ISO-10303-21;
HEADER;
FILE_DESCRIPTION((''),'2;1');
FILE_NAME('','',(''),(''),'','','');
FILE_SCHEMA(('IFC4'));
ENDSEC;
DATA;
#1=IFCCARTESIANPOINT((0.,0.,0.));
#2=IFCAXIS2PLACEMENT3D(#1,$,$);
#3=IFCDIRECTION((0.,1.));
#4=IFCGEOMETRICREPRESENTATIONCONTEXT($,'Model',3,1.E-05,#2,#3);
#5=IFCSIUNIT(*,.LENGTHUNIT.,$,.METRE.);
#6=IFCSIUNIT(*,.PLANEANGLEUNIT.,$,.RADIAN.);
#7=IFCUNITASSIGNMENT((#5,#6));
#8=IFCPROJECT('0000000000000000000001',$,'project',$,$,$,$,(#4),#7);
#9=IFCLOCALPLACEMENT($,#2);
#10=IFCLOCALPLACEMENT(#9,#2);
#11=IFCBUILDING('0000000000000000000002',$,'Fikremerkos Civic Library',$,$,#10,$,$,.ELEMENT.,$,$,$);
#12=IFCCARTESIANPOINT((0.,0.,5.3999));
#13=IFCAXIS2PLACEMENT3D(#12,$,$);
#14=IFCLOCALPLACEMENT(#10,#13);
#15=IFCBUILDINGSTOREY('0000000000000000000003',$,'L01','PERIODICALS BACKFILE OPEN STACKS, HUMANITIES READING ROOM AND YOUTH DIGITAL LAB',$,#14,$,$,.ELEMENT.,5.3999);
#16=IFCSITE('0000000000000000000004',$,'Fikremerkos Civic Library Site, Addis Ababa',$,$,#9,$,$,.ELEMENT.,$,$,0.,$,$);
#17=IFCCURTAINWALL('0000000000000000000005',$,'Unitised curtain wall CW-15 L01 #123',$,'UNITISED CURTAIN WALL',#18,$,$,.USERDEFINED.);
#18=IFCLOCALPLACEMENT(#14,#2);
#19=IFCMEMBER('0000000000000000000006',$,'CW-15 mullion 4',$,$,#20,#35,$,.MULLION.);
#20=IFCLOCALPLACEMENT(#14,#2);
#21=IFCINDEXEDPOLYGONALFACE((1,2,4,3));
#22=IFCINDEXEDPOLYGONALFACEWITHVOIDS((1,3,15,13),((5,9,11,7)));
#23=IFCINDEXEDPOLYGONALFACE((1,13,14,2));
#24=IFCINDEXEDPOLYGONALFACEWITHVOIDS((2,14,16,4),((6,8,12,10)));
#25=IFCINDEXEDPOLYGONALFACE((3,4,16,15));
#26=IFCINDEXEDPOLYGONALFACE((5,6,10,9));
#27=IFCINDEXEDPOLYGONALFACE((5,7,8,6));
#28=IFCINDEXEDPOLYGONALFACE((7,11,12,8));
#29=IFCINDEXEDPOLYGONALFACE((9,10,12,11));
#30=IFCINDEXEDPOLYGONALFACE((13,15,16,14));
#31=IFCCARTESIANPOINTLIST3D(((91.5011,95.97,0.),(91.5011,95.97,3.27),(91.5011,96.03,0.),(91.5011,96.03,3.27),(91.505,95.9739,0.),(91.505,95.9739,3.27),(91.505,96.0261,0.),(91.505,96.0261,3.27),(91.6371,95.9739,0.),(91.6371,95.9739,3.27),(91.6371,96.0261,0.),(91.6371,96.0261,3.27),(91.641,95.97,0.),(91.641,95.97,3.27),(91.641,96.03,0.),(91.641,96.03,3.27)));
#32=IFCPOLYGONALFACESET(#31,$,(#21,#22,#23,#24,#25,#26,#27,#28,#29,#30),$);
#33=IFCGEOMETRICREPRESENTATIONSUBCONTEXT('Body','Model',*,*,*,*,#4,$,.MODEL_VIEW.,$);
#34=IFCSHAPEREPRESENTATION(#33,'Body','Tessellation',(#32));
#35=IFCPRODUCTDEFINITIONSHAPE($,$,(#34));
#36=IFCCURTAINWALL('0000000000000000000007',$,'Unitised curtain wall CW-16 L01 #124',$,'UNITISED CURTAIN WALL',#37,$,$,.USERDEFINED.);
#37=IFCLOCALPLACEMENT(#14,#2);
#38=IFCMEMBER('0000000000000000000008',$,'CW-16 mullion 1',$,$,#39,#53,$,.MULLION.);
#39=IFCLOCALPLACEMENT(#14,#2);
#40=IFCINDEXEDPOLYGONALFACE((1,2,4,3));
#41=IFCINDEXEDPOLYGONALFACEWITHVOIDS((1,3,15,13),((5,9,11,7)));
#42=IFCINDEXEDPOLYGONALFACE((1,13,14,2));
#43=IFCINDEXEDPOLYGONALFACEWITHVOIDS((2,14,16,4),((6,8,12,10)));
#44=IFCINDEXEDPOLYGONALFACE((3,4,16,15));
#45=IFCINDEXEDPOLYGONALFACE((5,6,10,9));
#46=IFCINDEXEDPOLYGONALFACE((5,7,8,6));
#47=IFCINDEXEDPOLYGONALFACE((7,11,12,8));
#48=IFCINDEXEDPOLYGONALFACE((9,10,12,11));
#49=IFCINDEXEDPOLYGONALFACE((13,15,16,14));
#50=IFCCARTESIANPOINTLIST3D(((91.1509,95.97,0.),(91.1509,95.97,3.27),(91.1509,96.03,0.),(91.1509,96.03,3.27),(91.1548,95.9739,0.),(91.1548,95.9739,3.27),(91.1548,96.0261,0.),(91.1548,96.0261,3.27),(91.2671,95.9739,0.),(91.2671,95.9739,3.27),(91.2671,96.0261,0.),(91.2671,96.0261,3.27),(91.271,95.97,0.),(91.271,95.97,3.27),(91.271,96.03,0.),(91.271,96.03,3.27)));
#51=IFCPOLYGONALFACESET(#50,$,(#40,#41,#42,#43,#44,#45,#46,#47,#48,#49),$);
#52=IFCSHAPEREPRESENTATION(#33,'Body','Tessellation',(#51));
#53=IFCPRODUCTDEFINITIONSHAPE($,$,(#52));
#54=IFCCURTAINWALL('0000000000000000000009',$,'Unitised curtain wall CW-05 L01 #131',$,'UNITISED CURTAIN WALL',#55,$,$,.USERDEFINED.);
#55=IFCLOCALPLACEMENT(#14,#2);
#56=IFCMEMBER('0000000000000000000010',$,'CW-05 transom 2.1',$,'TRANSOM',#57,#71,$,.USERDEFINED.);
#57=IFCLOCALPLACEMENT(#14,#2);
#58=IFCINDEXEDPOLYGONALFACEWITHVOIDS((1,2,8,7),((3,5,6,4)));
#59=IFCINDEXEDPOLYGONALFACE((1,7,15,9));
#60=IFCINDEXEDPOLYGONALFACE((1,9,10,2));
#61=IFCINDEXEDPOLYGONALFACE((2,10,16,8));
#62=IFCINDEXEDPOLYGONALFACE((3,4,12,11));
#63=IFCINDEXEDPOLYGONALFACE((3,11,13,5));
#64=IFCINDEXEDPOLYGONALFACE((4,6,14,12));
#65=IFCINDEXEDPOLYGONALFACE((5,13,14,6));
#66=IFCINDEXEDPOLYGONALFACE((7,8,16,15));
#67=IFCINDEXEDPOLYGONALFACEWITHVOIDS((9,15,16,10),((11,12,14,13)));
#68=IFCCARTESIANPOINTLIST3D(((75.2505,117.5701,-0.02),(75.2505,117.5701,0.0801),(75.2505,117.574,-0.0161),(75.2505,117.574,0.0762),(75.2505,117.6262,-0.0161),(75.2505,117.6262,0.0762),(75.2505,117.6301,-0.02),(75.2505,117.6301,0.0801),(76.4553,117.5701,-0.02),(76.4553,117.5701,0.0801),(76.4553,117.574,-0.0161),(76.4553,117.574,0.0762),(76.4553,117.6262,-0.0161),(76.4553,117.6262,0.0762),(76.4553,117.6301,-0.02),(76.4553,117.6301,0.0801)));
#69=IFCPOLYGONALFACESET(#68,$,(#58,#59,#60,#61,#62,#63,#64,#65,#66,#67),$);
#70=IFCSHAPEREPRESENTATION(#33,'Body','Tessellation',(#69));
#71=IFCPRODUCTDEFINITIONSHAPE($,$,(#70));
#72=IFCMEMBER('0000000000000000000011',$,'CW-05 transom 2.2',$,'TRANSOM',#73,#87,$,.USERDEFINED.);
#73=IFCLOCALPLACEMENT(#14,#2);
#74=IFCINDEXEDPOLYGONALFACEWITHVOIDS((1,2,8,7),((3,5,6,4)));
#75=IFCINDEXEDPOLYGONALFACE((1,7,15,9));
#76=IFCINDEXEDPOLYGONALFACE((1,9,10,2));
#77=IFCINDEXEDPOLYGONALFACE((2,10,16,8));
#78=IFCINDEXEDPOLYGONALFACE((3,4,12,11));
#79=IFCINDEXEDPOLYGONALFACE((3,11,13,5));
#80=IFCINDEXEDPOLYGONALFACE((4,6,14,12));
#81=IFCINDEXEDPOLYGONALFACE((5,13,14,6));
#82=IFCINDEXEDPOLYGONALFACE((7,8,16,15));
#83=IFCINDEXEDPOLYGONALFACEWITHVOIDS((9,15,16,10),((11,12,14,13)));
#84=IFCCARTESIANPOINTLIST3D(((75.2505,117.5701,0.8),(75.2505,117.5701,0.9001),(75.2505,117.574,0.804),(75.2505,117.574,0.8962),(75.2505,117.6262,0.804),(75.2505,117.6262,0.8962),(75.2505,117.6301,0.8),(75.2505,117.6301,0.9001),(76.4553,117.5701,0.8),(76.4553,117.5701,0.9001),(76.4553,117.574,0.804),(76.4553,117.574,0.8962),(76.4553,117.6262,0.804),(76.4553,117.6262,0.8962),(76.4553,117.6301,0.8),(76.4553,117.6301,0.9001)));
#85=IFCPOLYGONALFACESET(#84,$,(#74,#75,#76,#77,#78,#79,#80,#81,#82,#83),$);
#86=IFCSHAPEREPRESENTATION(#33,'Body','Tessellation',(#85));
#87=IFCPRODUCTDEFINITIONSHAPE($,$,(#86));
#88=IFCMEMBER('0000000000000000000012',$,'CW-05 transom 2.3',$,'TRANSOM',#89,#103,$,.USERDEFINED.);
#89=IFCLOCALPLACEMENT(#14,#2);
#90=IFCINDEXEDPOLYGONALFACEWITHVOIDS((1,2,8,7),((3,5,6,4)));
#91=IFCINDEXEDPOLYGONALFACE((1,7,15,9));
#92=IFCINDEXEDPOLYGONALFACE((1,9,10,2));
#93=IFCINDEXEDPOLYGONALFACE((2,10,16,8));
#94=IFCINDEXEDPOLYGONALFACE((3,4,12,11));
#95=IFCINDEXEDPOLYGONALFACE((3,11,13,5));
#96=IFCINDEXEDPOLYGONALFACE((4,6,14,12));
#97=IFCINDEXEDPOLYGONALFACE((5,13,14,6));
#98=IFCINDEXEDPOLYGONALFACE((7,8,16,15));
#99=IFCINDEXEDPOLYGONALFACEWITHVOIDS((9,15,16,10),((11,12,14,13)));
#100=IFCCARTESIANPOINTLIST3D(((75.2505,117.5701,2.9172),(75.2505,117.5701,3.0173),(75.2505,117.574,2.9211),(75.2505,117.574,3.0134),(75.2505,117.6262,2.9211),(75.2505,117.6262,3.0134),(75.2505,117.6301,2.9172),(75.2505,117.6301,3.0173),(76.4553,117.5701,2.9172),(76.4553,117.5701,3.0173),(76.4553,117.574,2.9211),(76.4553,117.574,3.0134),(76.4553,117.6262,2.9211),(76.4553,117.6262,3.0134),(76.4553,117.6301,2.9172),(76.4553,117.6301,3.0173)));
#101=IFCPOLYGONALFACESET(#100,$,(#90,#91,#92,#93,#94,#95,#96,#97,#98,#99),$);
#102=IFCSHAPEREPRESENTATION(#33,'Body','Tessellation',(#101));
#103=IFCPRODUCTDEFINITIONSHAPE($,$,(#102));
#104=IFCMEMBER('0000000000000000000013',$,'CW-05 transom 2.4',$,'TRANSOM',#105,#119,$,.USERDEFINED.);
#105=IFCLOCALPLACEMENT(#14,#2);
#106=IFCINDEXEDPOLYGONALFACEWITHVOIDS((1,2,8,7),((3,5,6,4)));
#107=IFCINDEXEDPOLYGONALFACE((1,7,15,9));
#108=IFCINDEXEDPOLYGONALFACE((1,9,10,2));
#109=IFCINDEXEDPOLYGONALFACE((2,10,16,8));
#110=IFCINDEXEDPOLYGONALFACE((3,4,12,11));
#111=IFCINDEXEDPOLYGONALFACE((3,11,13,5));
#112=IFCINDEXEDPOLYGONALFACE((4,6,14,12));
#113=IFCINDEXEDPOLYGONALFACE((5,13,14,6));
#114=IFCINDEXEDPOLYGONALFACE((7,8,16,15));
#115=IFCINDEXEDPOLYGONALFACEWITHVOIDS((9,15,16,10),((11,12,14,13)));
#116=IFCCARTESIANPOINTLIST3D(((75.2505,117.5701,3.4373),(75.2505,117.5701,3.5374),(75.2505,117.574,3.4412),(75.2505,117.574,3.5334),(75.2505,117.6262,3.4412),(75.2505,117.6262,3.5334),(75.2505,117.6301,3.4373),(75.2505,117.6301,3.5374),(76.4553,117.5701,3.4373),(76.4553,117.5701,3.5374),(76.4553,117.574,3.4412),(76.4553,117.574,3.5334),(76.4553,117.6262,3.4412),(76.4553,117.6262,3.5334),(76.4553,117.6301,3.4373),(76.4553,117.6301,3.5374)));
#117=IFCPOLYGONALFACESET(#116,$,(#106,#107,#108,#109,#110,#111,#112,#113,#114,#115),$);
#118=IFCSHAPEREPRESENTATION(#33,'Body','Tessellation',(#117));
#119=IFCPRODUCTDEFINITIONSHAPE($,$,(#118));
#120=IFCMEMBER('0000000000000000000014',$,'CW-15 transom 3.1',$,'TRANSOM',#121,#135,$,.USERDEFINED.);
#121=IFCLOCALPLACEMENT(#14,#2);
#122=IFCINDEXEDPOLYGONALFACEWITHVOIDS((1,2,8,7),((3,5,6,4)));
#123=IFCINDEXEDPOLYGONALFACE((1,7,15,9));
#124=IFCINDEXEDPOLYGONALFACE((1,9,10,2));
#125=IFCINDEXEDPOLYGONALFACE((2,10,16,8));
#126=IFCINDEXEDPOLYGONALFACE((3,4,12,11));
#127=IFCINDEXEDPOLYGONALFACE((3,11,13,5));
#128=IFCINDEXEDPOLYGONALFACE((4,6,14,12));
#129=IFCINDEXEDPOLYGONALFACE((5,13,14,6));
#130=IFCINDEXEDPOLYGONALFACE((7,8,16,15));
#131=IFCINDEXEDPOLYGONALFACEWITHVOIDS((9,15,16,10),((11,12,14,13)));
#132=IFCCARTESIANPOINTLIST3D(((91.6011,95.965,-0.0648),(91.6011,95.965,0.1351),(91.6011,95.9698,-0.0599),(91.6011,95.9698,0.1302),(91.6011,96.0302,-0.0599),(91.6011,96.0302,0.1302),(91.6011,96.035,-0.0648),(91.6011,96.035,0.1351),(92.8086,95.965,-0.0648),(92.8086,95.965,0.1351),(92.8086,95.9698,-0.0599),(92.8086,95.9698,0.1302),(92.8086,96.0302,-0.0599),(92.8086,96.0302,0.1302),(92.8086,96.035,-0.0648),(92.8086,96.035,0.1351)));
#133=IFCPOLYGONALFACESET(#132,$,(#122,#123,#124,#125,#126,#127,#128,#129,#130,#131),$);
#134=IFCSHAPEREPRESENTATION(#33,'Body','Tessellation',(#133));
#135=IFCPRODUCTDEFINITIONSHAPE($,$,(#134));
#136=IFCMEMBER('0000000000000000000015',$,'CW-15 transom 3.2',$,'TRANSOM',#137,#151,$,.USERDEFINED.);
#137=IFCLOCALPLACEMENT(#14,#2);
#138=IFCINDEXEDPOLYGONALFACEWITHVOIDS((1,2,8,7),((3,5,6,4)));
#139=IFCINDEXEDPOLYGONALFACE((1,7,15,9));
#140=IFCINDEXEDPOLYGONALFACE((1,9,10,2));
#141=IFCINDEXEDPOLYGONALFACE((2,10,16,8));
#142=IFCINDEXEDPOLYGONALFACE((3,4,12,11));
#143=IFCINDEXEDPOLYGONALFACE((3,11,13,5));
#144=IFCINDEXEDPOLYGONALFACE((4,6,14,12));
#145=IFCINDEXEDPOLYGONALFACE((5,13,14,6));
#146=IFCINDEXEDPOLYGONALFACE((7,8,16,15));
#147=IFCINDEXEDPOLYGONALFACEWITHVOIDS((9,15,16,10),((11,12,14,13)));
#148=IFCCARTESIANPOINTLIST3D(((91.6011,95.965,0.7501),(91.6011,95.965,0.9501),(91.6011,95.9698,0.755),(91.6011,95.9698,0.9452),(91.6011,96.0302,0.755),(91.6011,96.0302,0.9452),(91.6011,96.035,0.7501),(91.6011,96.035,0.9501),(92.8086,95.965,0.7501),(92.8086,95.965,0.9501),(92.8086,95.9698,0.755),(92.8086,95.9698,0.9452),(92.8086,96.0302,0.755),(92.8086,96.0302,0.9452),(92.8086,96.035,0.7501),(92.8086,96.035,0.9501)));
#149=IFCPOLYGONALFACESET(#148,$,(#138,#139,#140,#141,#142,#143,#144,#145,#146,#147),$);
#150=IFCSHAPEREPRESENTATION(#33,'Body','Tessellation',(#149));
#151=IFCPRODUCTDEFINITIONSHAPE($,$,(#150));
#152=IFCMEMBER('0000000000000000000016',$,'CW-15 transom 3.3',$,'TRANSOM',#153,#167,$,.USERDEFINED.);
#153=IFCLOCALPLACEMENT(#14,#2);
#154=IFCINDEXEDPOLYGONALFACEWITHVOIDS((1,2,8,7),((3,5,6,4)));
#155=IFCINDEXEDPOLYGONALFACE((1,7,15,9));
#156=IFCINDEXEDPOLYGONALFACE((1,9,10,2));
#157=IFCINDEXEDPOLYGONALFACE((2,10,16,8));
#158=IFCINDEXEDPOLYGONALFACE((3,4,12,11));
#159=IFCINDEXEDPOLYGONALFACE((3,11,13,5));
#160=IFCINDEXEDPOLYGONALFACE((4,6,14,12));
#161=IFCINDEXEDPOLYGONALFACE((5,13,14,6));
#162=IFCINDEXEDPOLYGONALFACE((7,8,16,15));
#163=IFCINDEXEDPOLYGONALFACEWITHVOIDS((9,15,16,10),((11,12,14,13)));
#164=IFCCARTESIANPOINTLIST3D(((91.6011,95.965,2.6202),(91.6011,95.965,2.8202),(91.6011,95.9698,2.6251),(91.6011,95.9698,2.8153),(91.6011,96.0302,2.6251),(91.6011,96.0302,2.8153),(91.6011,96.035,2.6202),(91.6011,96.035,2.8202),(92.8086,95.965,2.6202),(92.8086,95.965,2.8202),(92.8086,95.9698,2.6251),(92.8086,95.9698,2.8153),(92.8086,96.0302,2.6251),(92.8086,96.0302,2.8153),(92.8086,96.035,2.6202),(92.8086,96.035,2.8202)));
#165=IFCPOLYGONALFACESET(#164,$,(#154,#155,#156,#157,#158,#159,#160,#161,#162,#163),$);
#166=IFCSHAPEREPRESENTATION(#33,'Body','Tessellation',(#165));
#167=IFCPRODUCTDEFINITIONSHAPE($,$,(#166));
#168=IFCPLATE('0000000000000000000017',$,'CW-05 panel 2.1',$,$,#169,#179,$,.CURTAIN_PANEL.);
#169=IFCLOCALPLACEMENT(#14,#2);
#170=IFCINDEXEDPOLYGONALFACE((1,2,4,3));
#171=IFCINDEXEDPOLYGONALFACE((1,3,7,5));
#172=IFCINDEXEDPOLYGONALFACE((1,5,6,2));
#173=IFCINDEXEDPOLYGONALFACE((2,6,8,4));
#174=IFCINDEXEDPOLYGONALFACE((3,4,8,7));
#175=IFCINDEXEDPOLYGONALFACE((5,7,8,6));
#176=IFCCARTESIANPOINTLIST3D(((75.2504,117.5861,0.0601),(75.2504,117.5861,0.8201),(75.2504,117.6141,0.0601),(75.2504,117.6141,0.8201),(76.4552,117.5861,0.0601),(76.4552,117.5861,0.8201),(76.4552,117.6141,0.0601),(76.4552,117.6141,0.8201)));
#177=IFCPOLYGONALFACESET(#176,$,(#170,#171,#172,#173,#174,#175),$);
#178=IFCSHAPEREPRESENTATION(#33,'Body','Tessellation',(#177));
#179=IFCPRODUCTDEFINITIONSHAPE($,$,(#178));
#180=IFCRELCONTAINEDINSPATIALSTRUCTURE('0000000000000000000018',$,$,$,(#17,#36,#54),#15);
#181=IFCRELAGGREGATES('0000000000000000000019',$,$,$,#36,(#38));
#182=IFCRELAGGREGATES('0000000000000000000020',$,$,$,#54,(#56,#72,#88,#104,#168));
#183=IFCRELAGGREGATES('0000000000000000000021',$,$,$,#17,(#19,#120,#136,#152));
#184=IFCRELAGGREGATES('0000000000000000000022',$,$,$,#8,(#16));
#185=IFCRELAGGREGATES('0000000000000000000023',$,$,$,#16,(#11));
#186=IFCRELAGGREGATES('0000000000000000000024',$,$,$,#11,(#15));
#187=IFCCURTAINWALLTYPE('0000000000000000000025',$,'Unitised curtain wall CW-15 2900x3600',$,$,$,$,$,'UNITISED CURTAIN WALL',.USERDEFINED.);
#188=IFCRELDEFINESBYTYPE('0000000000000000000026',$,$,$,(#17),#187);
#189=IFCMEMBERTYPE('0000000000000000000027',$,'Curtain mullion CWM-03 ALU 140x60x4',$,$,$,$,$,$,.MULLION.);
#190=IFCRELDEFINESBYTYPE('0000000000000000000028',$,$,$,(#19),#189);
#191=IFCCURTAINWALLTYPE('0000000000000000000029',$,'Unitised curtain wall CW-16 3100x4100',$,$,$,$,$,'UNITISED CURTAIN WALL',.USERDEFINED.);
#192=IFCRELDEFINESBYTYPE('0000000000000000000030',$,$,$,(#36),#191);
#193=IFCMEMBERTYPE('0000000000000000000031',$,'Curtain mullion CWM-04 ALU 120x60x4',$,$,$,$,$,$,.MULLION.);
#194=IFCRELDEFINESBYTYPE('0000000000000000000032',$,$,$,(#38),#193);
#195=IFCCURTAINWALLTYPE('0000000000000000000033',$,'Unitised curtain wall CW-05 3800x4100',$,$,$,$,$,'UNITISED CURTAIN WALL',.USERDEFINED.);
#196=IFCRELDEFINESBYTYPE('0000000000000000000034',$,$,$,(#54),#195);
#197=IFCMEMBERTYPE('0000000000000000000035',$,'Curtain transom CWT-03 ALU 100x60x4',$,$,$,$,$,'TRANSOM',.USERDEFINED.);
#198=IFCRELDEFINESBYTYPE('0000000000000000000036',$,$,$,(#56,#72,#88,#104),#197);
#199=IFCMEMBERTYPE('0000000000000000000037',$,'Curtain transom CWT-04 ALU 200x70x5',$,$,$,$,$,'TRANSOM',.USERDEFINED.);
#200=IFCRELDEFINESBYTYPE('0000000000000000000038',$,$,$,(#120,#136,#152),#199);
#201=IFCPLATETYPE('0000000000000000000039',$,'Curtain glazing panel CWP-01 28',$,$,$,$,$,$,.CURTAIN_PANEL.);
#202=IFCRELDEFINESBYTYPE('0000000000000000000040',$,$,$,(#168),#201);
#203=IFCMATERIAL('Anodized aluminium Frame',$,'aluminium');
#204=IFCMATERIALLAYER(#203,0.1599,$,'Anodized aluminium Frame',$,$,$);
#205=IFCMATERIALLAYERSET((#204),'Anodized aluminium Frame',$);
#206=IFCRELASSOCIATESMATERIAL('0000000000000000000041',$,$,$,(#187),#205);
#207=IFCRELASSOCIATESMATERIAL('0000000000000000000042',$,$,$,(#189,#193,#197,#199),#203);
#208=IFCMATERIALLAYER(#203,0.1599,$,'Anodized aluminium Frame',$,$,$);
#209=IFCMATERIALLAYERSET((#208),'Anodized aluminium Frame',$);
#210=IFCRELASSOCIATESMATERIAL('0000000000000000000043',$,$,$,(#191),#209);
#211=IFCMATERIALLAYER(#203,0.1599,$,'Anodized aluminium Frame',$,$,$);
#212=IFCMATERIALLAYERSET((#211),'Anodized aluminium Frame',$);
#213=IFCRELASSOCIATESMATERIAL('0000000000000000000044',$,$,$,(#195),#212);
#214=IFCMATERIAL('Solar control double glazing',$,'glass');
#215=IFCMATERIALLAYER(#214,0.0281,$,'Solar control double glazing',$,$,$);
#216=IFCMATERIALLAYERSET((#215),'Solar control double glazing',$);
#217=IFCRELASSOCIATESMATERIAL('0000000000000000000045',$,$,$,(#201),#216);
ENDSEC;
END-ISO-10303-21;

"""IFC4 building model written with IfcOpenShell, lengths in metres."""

from ifc_helpers import new_model, si_unit, direction, frame, origin, origin_2d, place, context, subcontext, project, spatial, rectangle, hollow_rectangle, extrude, material, layer, layer_set, material_profile, profile_set, type_object, element, aggregate, save


model = new_model("IFC4")

# Units and contexts
model_context = context("Model", 3, precision=1e-05, world=origin(), true_north=direction((0.0, 1.0)))
body_context = subcontext(model_context, "Body", "Model", "MODEL_VIEW")
ifc_project = project(units=[si_unit("LENGTHUNIT", "METRE"), si_unit("PLANEANGLEUNIT", "RADIAN")], contexts=[model_context])

# Site, building, storey
site_placement = place(None, origin())
site = spatial("IfcSite", under=ifc_project, at=site_placement, Name="Fikremerkos Civic Library Site, Addis Ababa", CompositionType="ELEMENT", RefElevation=0.0)
building_placement = place(site_placement, origin())
building = spatial("IfcBuilding", under=site, at=building_placement, Name="Fikremerkos Civic Library", CompositionType="ELEMENT")
storey_placement = place(building_placement, frame((0.0, 0.0, 5.3999)))
storey = spatial("IfcBuildingStorey", under=building, at=storey_placement, Name="L01", Description="PERIODICALS BACKFILE OPEN STACKS, HUMANITIES READING ROOM AND YOUTH DIGITAL LAB", CompositionType="ELEMENT", Elevation=5.3999)

# Curtain walls, members
ifc_material_1 = material(Name="Anodized aluminium Frame", Category="aluminium")
ifc_layer_1 = layer(ifc_material_1, 0.1599, Name="Anodized aluminium Frame")
ifc_layer_set_1 = layer_set([ifc_layer_1], Name="Anodized aluminium Frame")
curtain_wall_type_1 = type_object("IfcCurtainWallType", Name="Unitised curtain wall CW-15 2900x3600", ElementType="UNITISED CURTAIN WALL", PredefinedType="USERDEFINED", material=ifc_layer_set_1)
curtain_wall_1_placement = place(storey_placement, origin())
curtain_wall_1 = element("IfcCurtainWall", 1, at=curtain_wall_1_placement, inside=storey, type_object=curtain_wall_type_1, Name="Unitised curtain wall CW-15 L01 #123", ObjectType="UNITISED CURTAIN WALL", PredefinedType="USERDEFINED")
ifc_material_profile_1 = material_profile(ifc_material_1, hollow_rectangle(XDim=0.0601, YDim=0.1399, WallThickness=0.0039, at=origin_2d()), Name="ALU 140x60x4")
ifc_profile_set_1 = profile_set([ifc_material_profile_1], Name="Anodized aluminium Frame")
member_type_1 = type_object("IfcMemberType", Name="Curtain mullion CWM-03 ALU 140x60x4", PredefinedType="MULLION", material=ifc_profile_set_1)
member_1_placement = place(storey_placement, frame((91.571, 96.0, 0.0), z_axis=(0.0, 0.0, 1.0), x_axis=(0.0, -1.0, 0.0)))
member_1 = element("IfcMember", 2, at=member_1_placement, type_object=member_type_1, Name="CW-15 mullion 4", PredefinedType="MULLION", context=body_context, shape_type="SweptSolid", body=[
    extrude(hollow_rectangle(XDim=0.0601, YDim=0.1399, WallThickness=0.0039, at=origin_2d()), origin(), (0.0, 0.0, 1.0), 3.27),
])
ifc_layer_2 = layer(ifc_material_1, 0.1599, Name="Anodized aluminium Frame")
ifc_layer_set_2 = layer_set([ifc_layer_2], Name="Anodized aluminium Frame")
curtain_wall_type_2 = type_object("IfcCurtainWallType", Name="Unitised curtain wall CW-16 3100x4100", ElementType="UNITISED CURTAIN WALL", PredefinedType="USERDEFINED", material=ifc_layer_set_2)
curtain_wall_2_placement = place(storey_placement, origin())
curtain_wall_2 = element("IfcCurtainWall", 3, at=curtain_wall_2_placement, inside=storey, type_object=curtain_wall_type_2, Name="Unitised curtain wall CW-16 L01 #124", ObjectType="UNITISED CURTAIN WALL", PredefinedType="USERDEFINED")
ifc_material_profile_2 = material_profile(ifc_material_1, hollow_rectangle(XDim=0.0601, YDim=0.1201, WallThickness=0.0039, at=origin_2d()), Name="ALU 120x60x4")
ifc_profile_set_2 = profile_set([ifc_material_profile_2], Name="Anodized aluminium Frame")
member_type_2 = type_object("IfcMemberType", Name="Curtain mullion CWM-04 ALU 120x60x4", PredefinedType="MULLION", material=ifc_profile_set_2)
member_2_placement = place(storey_placement, frame((91.2109, 96.0, 0.0), z_axis=(0.0, 0.0, 1.0), x_axis=(0.0, -1.0, 0.0)))
member_2 = element("IfcMember", 4, at=member_2_placement, type_object=member_type_2, Name="CW-16 mullion 1", PredefinedType="MULLION", context=body_context, shape_type="SweptSolid", body=[
    extrude(hollow_rectangle(XDim=0.0601, YDim=0.1201, WallThickness=0.0039, at=origin_2d()), origin(), (0.0, 0.0, 1.0), 3.27),
])
aggregate(curtain_wall_2, [member_2])

# Curtain wall, members
ifc_layer_3 = layer(ifc_material_1, 0.1599, Name="Anodized aluminium Frame")
ifc_layer_set_3 = layer_set([ifc_layer_3], Name="Anodized aluminium Frame")
curtain_wall_type_3 = type_object("IfcCurtainWallType", Name="Unitised curtain wall CW-05 3800x4100", ElementType="UNITISED CURTAIN WALL", PredefinedType="USERDEFINED", material=ifc_layer_set_3)
curtain_wall_3_placement = place(storey_placement, origin())
curtain_wall_3 = element("IfcCurtainWall", 5, at=curtain_wall_3_placement, inside=storey, type_object=curtain_wall_type_3, Name="Unitised curtain wall CW-05 L01 #131", ObjectType="UNITISED CURTAIN WALL", PredefinedType="USERDEFINED")
ifc_material_profile_3 = material_profile(ifc_material_1, hollow_rectangle(XDim=0.0601, YDim=0.1001, WallThickness=0.0039, at=origin_2d()), Name="ALU 100x60x4")
ifc_profile_set_3 = profile_set([ifc_material_profile_3], Name="Anodized aluminium Frame")
member_type_3 = type_object("IfcMemberType", Name="Curtain transom CWT-03 ALU 100x60x4", ElementType="TRANSOM", PredefinedType="USERDEFINED", material=ifc_profile_set_3)
member_3_placement = place(storey_placement, frame((75.2505, 117.6001, 0.03), z_axis=(1.0, 0.0, 0.0), x_axis=(0.0, 1.0, 0.0)))
member_3 = element("IfcMember", 6, at=member_3_placement, type_object=member_type_3, Name="CW-05 transom 2.1", ObjectType="TRANSOM", PredefinedType="USERDEFINED", context=body_context, shape_type="SweptSolid", body=[
    extrude(hollow_rectangle(XDim=0.0601, YDim=0.1001, WallThickness=0.0039, at=origin_2d()), origin(), (0.0, 0.0, 1.0), 1.2048),
])
member_4_placement = place(storey_placement, frame((75.2505, 117.6001, 0.8501), z_axis=(1.0, 0.0, 0.0), x_axis=(0.0, 1.0, 0.0)))
member_4 = element("IfcMember", 7, at=member_4_placement, type_object=member_type_3, Name="CW-05 transom 2.2", ObjectType="TRANSOM", PredefinedType="USERDEFINED", context=body_context, shape_type="SweptSolid", body=[
    extrude(hollow_rectangle(XDim=0.0601, YDim=0.1001, WallThickness=0.0039, at=origin_2d()), origin(), (0.0, 0.0, 1.0), 1.2048),
])
member_5_placement = place(storey_placement, frame((75.2505, 117.6001, 2.9673), z_axis=(1.0, 0.0, 0.0), x_axis=(0.0, 1.0, 0.0)))
member_5 = element("IfcMember", 8, at=member_5_placement, type_object=member_type_3, Name="CW-05 transom 2.3", ObjectType="TRANSOM", PredefinedType="USERDEFINED", context=body_context, shape_type="SweptSolid", body=[
    extrude(hollow_rectangle(XDim=0.0601, YDim=0.1001, WallThickness=0.0039, at=origin_2d()), origin(), (0.0, 0.0, 1.0), 1.2048),
])
member_6_placement = place(storey_placement, frame((75.2505, 117.6001, 3.4873), z_axis=(1.0, 0.0, 0.0), x_axis=(0.0, 1.0, 0.0)))
member_6 = element("IfcMember", 9, at=member_6_placement, type_object=member_type_3, Name="CW-05 transom 2.4", ObjectType="TRANSOM", PredefinedType="USERDEFINED", context=body_context, shape_type="SweptSolid", body=[
    extrude(hollow_rectangle(XDim=0.0601, YDim=0.1001, WallThickness=0.0039, at=origin_2d()), origin(), (0.0, 0.0, 1.0), 1.2048),
])

# Members
ifc_material_profile_4 = material_profile(ifc_material_1, hollow_rectangle(XDim=0.0701, YDim=0.2, WallThickness=0.0049, at=origin_2d()), Name="ALU 200x70x5")
ifc_profile_set_4 = profile_set([ifc_material_profile_4], Name="Anodized aluminium Frame")
member_type_4 = type_object("IfcMemberType", Name="Curtain transom CWT-04 ALU 200x70x5", ElementType="TRANSOM", PredefinedType="USERDEFINED", material=ifc_profile_set_4)
member_7_placement = place(storey_placement, frame((92.8086, 96.0, 0.0352), z_axis=(-1.0, 0.0, 0.0), x_axis=(0.0, -1.0, 0.0)))
member_7 = element("IfcMember", 10, at=member_7_placement, type_object=member_type_4, Name="CW-15 transom 3.1", ObjectType="TRANSOM", PredefinedType="USERDEFINED", context=body_context, shape_type="SweptSolid", body=[
    extrude(hollow_rectangle(XDim=0.0701, YDim=0.2, WallThickness=0.0049, at=origin_2d()), origin(), (0.0, 0.0, 1.0), 1.2075),
])
member_8_placement = place(storey_placement, frame((92.8086, 96.0, 0.8501), z_axis=(-1.0, 0.0, 0.0), x_axis=(0.0, -1.0, 0.0)))
member_8 = element("IfcMember", 11, at=member_8_placement, type_object=member_type_4, Name="CW-15 transom 3.2", ObjectType="TRANSOM", PredefinedType="USERDEFINED", context=body_context, shape_type="SweptSolid", body=[
    extrude(hollow_rectangle(XDim=0.0701, YDim=0.2, WallThickness=0.0049, at=origin_2d()), origin(), (0.0, 0.0, 1.0), 1.2075),
])
member_9_placement = place(storey_placement, frame((92.8086, 96.0, 2.7202), z_axis=(-1.0, 0.0, 0.0), x_axis=(0.0, -1.0, 0.0)))
member_9 = element("IfcMember", 12, at=member_9_placement, type_object=member_type_4, Name="CW-15 transom 3.3", ObjectType="TRANSOM", PredefinedType="USERDEFINED", context=body_context, shape_type="SweptSolid", body=[
    extrude(hollow_rectangle(XDim=0.0701, YDim=0.2, WallThickness=0.0049, at=origin_2d()), origin(), (0.0, 0.0, 1.0), 1.2075),
])

# Plate
ifc_material_2 = material(Name="Solar control double glazing", Category="glass")
ifc_layer_4 = layer(ifc_material_2, 0.0281, Name="Solar control double glazing")
ifc_layer_set_4 = layer_set([ifc_layer_4], Name="Solar control double glazing")
plate_type_1 = type_object("IfcPlateType", Name="Curtain glazing panel CWP-01 28", PredefinedType="CURTAIN_PANEL", material=ifc_layer_set_4)
plate_1_placement = place(storey_placement, frame((75.8528, 117.6001, 0.0601), z_axis=(0.0, 0.0, 1.0), x_axis=(1.0, 0.0, 0.0)))
plate_1 = element("IfcPlate", 13, at=plate_1_placement, type_object=plate_type_1, Name="CW-05 panel 2.1", PredefinedType="CURTAIN_PANEL", context=body_context, shape_type="SweptSolid", body=[
    extrude(rectangle(XDim=1.2048, YDim=0.0281, at=origin_2d()), origin(), (0.0, 0.0, 1.0), 0.76),
])
aggregate(curtain_wall_3, [member_3, member_4, member_5, member_6, plate_1])
aggregate(curtain_wall_1, [member_1, member_7, member_8, member_9])

save(model, "model.ifc")
